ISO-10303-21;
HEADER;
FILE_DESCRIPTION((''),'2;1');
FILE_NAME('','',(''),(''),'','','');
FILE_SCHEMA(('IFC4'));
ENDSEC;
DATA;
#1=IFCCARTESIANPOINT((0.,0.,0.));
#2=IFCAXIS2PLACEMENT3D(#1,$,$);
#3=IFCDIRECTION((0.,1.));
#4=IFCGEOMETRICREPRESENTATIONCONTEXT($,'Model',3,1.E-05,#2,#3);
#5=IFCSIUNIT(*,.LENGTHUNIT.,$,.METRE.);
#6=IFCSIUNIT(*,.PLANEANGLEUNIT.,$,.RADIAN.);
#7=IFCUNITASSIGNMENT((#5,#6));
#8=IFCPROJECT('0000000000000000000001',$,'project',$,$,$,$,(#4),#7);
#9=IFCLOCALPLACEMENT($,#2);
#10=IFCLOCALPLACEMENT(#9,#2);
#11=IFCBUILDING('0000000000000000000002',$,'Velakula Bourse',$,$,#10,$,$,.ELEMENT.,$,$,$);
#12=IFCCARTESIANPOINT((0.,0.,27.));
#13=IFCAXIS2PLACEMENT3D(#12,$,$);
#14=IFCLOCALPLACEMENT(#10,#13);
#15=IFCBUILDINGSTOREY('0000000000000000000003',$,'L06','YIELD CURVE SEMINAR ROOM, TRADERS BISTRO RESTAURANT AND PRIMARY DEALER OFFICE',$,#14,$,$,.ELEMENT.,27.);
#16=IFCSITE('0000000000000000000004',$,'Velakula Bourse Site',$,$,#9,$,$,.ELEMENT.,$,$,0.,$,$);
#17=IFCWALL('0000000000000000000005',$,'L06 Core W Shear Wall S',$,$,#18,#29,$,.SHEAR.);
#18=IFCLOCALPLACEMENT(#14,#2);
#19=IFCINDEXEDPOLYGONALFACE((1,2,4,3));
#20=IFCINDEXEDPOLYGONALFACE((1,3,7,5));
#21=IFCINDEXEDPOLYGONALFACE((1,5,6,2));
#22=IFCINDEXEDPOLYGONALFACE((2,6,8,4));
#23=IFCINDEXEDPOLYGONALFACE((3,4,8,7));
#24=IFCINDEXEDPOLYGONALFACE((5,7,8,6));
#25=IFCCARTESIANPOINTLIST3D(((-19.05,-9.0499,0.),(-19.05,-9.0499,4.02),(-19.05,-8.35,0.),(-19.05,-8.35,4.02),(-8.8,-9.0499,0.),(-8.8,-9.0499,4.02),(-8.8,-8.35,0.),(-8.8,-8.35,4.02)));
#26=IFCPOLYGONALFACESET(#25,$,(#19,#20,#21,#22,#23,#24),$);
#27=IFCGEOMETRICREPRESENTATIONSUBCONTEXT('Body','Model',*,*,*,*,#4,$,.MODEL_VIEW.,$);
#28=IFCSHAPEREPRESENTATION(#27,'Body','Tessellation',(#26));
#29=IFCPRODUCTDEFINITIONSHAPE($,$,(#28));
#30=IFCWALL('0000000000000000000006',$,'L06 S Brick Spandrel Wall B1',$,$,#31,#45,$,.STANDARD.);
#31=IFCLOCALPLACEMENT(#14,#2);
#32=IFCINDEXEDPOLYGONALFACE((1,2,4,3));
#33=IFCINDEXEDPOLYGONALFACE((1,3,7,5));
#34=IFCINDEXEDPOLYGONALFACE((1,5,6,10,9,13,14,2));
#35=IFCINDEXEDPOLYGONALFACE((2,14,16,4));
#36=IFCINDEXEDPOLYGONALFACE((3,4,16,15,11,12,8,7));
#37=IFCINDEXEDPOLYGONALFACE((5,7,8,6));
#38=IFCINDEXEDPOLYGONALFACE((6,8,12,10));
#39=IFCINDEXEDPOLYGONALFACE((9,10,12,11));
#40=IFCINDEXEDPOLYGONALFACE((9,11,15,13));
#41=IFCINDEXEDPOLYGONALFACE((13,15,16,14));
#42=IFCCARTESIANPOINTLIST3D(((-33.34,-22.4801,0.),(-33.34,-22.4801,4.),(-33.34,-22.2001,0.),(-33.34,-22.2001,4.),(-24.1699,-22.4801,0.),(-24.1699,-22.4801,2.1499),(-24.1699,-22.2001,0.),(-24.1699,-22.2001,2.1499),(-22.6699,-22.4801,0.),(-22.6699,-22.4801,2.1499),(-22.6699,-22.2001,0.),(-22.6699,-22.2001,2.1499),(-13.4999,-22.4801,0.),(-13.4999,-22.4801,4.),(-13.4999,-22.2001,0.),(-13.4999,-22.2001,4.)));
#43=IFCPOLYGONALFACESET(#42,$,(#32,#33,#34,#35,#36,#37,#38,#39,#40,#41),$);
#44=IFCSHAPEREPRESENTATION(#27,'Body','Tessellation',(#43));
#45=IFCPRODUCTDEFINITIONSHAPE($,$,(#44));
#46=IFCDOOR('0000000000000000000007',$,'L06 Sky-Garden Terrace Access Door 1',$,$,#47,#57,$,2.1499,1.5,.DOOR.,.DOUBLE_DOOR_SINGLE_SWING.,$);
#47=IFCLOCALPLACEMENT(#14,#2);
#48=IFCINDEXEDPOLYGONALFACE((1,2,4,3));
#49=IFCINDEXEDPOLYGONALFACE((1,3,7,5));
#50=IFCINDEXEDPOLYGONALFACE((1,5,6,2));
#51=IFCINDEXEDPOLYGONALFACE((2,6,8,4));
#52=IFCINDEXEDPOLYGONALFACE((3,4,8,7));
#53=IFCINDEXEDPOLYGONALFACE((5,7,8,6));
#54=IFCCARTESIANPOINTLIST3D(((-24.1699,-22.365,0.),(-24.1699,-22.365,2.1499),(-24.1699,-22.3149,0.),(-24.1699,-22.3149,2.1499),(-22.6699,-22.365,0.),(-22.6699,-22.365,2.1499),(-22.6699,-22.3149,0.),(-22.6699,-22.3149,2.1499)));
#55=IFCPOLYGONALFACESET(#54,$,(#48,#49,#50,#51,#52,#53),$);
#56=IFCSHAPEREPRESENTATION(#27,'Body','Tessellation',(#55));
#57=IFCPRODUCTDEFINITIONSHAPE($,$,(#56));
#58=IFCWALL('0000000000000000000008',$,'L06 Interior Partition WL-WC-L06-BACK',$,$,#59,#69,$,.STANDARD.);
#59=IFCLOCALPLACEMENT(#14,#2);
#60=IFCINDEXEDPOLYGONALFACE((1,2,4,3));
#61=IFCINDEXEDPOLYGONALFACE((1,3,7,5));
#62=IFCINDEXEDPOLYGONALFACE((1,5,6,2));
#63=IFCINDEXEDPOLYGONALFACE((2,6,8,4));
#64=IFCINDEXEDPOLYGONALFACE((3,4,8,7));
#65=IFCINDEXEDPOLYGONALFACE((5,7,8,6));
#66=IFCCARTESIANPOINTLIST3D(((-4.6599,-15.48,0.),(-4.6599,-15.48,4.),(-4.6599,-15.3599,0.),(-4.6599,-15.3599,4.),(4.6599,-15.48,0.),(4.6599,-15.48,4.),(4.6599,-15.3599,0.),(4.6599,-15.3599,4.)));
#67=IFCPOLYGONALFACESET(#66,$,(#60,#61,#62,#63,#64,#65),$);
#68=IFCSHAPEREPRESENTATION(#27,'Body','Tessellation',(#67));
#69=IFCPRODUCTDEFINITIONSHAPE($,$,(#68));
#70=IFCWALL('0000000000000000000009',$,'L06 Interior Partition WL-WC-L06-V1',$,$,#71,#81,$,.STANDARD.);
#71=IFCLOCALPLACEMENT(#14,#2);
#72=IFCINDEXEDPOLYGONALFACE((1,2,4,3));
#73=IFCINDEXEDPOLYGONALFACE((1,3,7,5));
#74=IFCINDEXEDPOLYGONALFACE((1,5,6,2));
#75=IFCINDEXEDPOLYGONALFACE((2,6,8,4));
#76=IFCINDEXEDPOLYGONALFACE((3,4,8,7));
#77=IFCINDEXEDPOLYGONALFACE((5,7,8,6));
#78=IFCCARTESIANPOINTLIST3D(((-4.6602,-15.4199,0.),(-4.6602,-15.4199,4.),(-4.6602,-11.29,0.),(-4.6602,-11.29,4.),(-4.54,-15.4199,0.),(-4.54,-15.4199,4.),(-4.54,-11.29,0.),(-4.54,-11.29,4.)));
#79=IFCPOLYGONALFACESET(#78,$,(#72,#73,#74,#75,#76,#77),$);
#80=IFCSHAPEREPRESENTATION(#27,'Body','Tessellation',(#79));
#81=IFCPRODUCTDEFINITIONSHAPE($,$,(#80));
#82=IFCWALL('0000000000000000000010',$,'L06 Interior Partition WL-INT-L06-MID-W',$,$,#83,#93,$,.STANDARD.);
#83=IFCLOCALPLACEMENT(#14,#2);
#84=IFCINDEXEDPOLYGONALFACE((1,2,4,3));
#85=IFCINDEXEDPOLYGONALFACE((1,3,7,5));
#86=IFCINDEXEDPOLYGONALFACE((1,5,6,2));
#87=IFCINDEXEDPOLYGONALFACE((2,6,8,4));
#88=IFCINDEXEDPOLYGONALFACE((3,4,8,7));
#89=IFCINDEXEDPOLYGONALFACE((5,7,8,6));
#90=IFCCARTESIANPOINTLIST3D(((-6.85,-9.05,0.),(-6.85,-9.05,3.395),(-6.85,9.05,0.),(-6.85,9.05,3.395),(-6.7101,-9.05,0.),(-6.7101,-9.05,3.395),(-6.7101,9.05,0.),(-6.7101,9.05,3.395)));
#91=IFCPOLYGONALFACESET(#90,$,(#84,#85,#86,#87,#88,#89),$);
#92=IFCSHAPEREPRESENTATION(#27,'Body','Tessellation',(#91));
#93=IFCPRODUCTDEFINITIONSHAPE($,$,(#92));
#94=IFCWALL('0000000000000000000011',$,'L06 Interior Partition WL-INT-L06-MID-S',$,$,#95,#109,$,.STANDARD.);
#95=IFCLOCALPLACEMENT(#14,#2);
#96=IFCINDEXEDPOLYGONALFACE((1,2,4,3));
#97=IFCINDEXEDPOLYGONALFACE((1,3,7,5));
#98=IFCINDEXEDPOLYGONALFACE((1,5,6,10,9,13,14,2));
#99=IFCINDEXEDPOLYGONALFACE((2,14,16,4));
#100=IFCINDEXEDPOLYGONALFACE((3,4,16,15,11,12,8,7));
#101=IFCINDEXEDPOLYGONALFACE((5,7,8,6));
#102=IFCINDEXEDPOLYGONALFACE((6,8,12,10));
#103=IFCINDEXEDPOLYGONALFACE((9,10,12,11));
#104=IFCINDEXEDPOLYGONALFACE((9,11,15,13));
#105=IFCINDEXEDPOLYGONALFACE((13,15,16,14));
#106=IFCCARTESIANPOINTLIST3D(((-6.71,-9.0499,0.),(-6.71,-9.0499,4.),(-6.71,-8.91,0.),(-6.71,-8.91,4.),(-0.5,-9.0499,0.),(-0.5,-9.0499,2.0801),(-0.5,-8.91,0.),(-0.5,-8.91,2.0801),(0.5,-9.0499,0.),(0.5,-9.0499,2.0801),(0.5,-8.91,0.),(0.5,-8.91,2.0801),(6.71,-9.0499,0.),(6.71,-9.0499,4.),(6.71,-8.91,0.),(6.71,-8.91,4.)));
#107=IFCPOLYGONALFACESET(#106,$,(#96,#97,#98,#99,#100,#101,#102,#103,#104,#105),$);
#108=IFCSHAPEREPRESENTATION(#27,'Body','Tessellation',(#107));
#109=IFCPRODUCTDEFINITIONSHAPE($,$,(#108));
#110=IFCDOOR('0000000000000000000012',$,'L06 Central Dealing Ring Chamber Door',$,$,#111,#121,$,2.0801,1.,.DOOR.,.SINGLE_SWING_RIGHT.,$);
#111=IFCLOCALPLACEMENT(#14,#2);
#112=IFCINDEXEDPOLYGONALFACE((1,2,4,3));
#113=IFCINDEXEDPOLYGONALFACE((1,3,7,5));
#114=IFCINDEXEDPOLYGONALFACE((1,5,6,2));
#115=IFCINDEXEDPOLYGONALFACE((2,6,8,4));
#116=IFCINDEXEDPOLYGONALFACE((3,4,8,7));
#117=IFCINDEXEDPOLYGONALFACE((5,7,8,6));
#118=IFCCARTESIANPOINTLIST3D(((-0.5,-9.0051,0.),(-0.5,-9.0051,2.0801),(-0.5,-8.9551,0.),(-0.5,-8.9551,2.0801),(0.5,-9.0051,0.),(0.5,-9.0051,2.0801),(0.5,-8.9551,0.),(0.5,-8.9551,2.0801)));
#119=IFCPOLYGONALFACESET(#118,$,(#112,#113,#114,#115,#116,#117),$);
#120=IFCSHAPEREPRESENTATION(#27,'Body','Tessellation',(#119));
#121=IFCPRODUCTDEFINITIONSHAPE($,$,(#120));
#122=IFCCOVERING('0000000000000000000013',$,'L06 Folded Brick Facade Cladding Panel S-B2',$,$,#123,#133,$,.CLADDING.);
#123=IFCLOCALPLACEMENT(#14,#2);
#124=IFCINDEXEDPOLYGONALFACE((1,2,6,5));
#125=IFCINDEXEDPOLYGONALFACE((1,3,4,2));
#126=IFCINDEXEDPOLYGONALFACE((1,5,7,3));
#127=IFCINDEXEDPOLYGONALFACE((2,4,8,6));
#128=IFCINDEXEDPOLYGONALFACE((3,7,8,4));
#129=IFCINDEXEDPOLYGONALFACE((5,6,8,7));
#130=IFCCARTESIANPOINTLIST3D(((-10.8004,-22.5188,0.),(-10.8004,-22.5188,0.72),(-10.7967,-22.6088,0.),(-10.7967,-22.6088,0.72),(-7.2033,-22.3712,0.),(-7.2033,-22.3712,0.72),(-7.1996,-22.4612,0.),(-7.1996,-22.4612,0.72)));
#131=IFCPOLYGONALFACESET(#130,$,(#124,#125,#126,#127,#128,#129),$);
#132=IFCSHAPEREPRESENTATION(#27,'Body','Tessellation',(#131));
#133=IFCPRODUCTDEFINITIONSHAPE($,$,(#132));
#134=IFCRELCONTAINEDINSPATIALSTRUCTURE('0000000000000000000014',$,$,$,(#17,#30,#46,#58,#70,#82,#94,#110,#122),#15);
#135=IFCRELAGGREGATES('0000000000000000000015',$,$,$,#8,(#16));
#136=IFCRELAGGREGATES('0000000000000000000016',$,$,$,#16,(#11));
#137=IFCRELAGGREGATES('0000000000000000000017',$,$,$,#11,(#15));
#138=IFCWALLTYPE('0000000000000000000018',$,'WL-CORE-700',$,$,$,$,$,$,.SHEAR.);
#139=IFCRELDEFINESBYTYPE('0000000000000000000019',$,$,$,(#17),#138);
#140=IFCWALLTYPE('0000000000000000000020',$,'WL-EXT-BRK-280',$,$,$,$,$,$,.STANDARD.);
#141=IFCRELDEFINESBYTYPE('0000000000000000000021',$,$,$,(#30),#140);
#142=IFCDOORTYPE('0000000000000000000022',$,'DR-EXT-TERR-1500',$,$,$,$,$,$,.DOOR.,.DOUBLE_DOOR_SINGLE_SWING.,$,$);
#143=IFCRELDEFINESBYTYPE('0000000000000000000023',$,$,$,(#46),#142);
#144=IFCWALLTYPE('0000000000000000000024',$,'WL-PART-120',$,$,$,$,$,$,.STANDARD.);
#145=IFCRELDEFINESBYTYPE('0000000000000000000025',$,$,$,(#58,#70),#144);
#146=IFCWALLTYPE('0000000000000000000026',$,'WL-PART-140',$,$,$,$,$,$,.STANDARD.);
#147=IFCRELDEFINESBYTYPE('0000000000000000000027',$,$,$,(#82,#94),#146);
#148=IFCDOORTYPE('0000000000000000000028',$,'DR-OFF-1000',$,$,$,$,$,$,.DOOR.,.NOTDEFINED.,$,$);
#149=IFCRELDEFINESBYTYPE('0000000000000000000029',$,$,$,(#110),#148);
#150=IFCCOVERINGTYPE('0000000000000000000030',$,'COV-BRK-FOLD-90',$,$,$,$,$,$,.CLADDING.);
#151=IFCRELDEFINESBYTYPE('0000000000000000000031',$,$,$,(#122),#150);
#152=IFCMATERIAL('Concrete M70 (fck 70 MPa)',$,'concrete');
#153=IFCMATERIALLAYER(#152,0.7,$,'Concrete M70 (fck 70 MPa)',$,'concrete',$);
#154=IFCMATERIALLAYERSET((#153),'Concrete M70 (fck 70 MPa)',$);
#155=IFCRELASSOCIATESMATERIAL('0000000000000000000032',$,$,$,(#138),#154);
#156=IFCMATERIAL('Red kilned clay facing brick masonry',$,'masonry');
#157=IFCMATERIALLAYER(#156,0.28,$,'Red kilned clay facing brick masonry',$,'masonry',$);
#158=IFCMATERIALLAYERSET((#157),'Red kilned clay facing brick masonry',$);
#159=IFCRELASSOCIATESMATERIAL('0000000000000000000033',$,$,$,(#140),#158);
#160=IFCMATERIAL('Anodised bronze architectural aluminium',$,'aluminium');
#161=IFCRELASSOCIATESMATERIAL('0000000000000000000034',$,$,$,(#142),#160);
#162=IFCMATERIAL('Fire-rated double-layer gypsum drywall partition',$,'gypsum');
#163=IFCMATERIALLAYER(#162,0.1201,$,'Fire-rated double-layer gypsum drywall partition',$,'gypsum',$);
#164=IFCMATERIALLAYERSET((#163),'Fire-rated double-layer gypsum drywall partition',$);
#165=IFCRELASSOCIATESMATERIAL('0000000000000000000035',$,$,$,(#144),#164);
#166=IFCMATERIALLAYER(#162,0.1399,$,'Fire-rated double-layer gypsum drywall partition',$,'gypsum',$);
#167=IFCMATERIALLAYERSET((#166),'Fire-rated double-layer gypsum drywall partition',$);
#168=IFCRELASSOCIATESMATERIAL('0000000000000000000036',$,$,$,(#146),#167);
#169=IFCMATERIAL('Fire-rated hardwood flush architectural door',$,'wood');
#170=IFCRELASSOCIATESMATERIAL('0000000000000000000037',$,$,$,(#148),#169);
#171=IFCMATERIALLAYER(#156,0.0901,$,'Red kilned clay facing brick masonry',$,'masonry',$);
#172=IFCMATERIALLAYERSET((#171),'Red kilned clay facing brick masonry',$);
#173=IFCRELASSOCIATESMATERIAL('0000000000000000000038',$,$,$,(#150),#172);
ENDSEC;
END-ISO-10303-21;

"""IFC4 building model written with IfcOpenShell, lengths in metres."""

from ifc_helpers import new_model, si_unit, direction, frame, frame_2d, origin, origin_2d, place, context, subcontext, project, spatial, rectangle, extrude, material, layer, layer_set, type_object, element, fill, save


model = new_model("IFC4")

# Units and contexts
model_context = context("Model", 3, precision=1e-05, world=origin(), true_north=direction((0.0, 1.0)))
body_context = subcontext(model_context, "Body", "Model", "MODEL_VIEW")
ifc_project = project(units=[si_unit("LENGTHUNIT", "METRE"), si_unit("PLANEANGLEUNIT", "RADIAN")], contexts=[model_context])

# Site, building, storey
site_placement = place(None, origin())
site = spatial("IfcSite", under=ifc_project, at=site_placement, Name="Velakula Bourse Site", CompositionType="ELEMENT", RefElevation=0.0)
building_placement = place(site_placement, origin())
building = spatial("IfcBuilding", under=site, at=building_placement, Name="Velakula Bourse", CompositionType="ELEMENT")
storey_placement = place(building_placement, frame((0.0, 0.0, 27.0)))
storey = spatial("IfcBuildingStorey", under=building, at=storey_placement, Name="L06", Description="YIELD CURVE SEMINAR ROOM, TRADERS BISTRO RESTAURANT AND PRIMARY DEALER OFFICE", CompositionType="ELEMENT", Elevation=27.0)

# Wall
ifc_material_1 = material(Name="Concrete M70 (fck 70 MPa)", Category="concrete")
ifc_layer_1 = layer(ifc_material_1, 0.7, Name="Concrete M70 (fck 70 MPa)", Category="concrete")
ifc_layer_set_1 = layer_set([ifc_layer_1], Name="Concrete M70 (fck 70 MPa)")
wall_type_1 = type_object("IfcWallType", Name="WL-CORE-700", PredefinedType="SHEAR", material=ifc_layer_set_1)
wall_1_placement = place(storey_placement, frame((-19.05, -8.7, 0.0), z_axis=(0.0, 0.0, 1.0), x_axis=(1.0, 0.0, 0.0)))
element("IfcWall", 1, at=wall_1_placement, inside=storey, type_object=wall_type_1, Name="L06 Core W Shear Wall S", PredefinedType="SHEAR", context=body_context, shape_type="SweptSolid", body=[
    extrude(rectangle(XDim=10.25, YDim=0.7, at=frame_2d((5.125, 0.0))), origin(), (0.0, 0.0, 1.0), 4.02),
])

# Wall, opening, door
ifc_material_2 = material(Name="Red kilned clay facing brick masonry", Category="masonry")
ifc_layer_2 = layer(ifc_material_2, 0.28, Name="Red kilned clay facing brick masonry", Category="masonry")
ifc_layer_set_2 = layer_set([ifc_layer_2], Name="Red kilned clay facing brick masonry")
wall_type_2 = type_object("IfcWallType", Name="WL-EXT-BRK-280", PredefinedType="STANDARD", material=ifc_layer_set_2)
wall_2_placement = place(storey_placement, frame((-13.5, -22.3401, 0.0), z_axis=(0.0, 0.0, 1.0), x_axis=(-1.0, 0.0, 0.0)))
wall_2 = element("IfcWall", 2, at=wall_2_placement, inside=storey, type_object=wall_type_2, Name="L06 S Brick Spandrel Wall B1", PredefinedType="STANDARD", context=body_context, shape_type="SweptSolid", body=[
    extrude(rectangle(XDim=19.8401, YDim=0.28, at=frame_2d((9.9199, 0.0))), origin(), (0.0, 0.0, 1.0), 4.0),
])
opening_1_placement = place(wall_2_placement, frame((9.1699, 0.0, 0.0)))
opening_1 = element("IfcOpeningElement", 3, at=opening_1_placement, cuts=wall_2, PredefinedType="OPENING", context=body_context, shape_type="SweptSolid", body=[
    extrude(rectangle(XDim=1.5, YDim=2.1499, at=frame_2d((0.75, 1.075))), frame((0.0, 0.1499, 0.0), z_axis=(0.0, -1.0, 0.0), x_axis=(1.0, 0.0, 0.0)), (0.0, 0.0, 1.0), 0.3),
])
ifc_material_3 = material(Name="Anodised bronze architectural aluminium", Category="aluminium")
door_type_1 = type_object("IfcDoorType", Name="DR-EXT-TERR-1500", OperationType="DOUBLE_DOOR_SINGLE_SWING", PredefinedType="DOOR", material=ifc_material_3)
door_1_placement = place(opening_1_placement, origin())
door_1 = element("IfcDoor", 4, at=door_1_placement, inside=storey, type_object=door_type_1, Name="L06 Sky-Garden Terrace Access Door 1", OperationType="DOUBLE_DOOR_SINGLE_SWING", OverallHeight=2.1499, OverallWidth=1.5, PredefinedType="DOOR", context=body_context, shape_type="SweptSolid", body=[
    extrude(rectangle(XDim=1.5, YDim=2.1499, at=frame_2d((0.75, 1.075))), frame((0.0, 0.0249, 0.0), z_axis=(0.0, -1.0, 0.0), x_axis=(1.0, 0.0, 0.0)), (0.0, 0.0, 1.0), 0.05),
])
fill(opening_1, door_1)

# Walls
ifc_material_4 = material(Name="Fire-rated double-layer gypsum drywall partition", Category="gypsum")
ifc_layer_3 = layer(ifc_material_4, 0.1201, Name="Fire-rated double-layer gypsum drywall partition", Category="gypsum")
ifc_layer_set_3 = layer_set([ifc_layer_3], Name="Fire-rated double-layer gypsum drywall partition")
wall_type_3 = type_object("IfcWallType", Name="WL-PART-120", PredefinedType="STANDARD", material=ifc_layer_set_3)
wall_3_placement = place(storey_placement, frame((-4.6599, -15.4199, 0.0), z_axis=(0.0, 0.0, 1.0), x_axis=(1.0, 0.0, 0.0)))
element("IfcWall", 5, at=wall_3_placement, inside=storey, type_object=wall_type_3, Name="L06 Interior Partition WL-WC-L06-BACK", PredefinedType="STANDARD", context=body_context, shape_type="SweptSolid", body=[
    extrude(rectangle(XDim=9.3198, YDim=0.1201, at=frame_2d((4.6599, 0.0))), origin(), (0.0, 0.0, 1.0), 4.0),
])
wall_4_placement = place(storey_placement, frame((-4.6001, -15.4199, 0.0), z_axis=(0.0, 0.0, 1.0), x_axis=(0.0, 1.0, 0.0)))
element("IfcWall", 6, at=wall_4_placement, inside=storey, type_object=wall_type_3, Name="L06 Interior Partition WL-WC-L06-V1", PredefinedType="STANDARD", context=body_context, shape_type="SweptSolid", body=[
    extrude(rectangle(XDim=4.1299, YDim=0.1201, at=frame_2d((2.0649, 0.0))), origin(), (0.0, 0.0, 1.0), 4.0),
])
ifc_layer_4 = layer(ifc_material_4, 0.1399, Name="Fire-rated double-layer gypsum drywall partition", Category="gypsum")
ifc_layer_set_4 = layer_set([ifc_layer_4], Name="Fire-rated double-layer gypsum drywall partition")
wall_type_4 = type_object("IfcWallType", Name="WL-PART-140", PredefinedType="STANDARD", material=ifc_layer_set_4)
wall_5_placement = place(storey_placement, frame((-6.78, -9.05, 0.0), z_axis=(0.0, 0.0, 1.0), x_axis=(0.0, 1.0, 0.0)))
element("IfcWall", 7, at=wall_5_placement, inside=storey, type_object=wall_type_4, Name="L06 Interior Partition WL-INT-L06-MID-W", PredefinedType="STANDARD", context=body_context, shape_type="SweptSolid", body=[
    extrude(rectangle(XDim=18.1001, YDim=0.1399, at=frame_2d((9.05, 0.0))), origin(), (0.0, 0.0, 1.0), 3.395),
])

# Wall, opening, door
wall_6_placement = place(storey_placement, frame((-6.71, -8.98, 0.0), z_axis=(0.0, 0.0, 1.0), x_axis=(1.0, 0.0, 0.0)))
wall_6 = element("IfcWall", 8, at=wall_6_placement, inside=storey, type_object=wall_type_4, Name="L06 Interior Partition WL-INT-L06-MID-S", PredefinedType="STANDARD", context=body_context, shape_type="SweptSolid", body=[
    extrude(rectangle(XDim=13.4199, YDim=0.1399, at=frame_2d((6.71, 0.0))), origin(), (0.0, 0.0, 1.0), 4.0),
])
opening_2_placement = place(wall_6_placement, frame((6.21, 0.0, 0.0)))
opening_2 = element("IfcOpeningElement", 9, at=opening_2_placement, cuts=wall_6, PredefinedType="OPENING", context=body_context, shape_type="SweptSolid", body=[
    extrude(rectangle(XDim=1.0, YDim=2.0801, at=frame_2d((0.5, 1.04))), frame((0.0, 0.0798, 0.0), z_axis=(0.0, -1.0, 0.0), x_axis=(1.0, 0.0, 0.0)), (0.0, 0.0, 1.0), 0.1599),
])
ifc_material_5 = material(Name="Fire-rated hardwood flush architectural door", Category="wood")
door_type_2 = type_object("IfcDoorType", Name="DR-OFF-1000", OperationType="NOTDEFINED", PredefinedType="DOOR", material=ifc_material_5)
door_2_placement = place(opening_2_placement, origin())
door_2 = element("IfcDoor", 10, at=door_2_placement, inside=storey, type_object=door_type_2, Name="L06 Central Dealing Ring Chamber Door", OperationType="SINGLE_SWING_RIGHT", OverallHeight=2.0801, OverallWidth=1.0, PredefinedType="DOOR", context=body_context, shape_type="SweptSolid", body=[
    extrude(rectangle(XDim=1.0, YDim=2.0801, at=frame_2d((0.5, 1.04))), frame((0.0, 0.0249, 0.0), z_axis=(0.0, -1.0, 0.0), x_axis=(1.0, 0.0, 0.0)), (0.0, 0.0, 1.0), 0.05),
])
fill(opening_2, door_2)

# Covering
ifc_layer_5 = layer(ifc_material_2, 0.0901, Name="Red kilned clay facing brick masonry", Category="masonry")
ifc_layer_set_5 = layer_set([ifc_layer_5], Name="Red kilned clay facing brick masonry")
covering_type = type_object("IfcCoveringType", Name="COV-BRK-FOLD-90", PredefinedType="CLADDING", material=ifc_layer_set_5)
covering_placement = place(storey_placement, frame((-9.0, -22.49, 0.0), z_axis=(0.0, 0.0, 1.0), x_axis=(0.999159, 0.041004, 0.0)))
element("IfcCovering", 11, at=covering_placement, inside=storey, type_object=covering_type, Name="L06 Folded Brick Facade Cladding Panel S-B2", PredefinedType="CLADDING", context=body_context, shape_type="SweptSolid", body=[
    extrude(rectangle(XDim=3.6001, YDim=0.0901, at=origin_2d()), origin(), (0.0, 0.0, 1.0), 0.72),
])

save(model, "model.ifc")
